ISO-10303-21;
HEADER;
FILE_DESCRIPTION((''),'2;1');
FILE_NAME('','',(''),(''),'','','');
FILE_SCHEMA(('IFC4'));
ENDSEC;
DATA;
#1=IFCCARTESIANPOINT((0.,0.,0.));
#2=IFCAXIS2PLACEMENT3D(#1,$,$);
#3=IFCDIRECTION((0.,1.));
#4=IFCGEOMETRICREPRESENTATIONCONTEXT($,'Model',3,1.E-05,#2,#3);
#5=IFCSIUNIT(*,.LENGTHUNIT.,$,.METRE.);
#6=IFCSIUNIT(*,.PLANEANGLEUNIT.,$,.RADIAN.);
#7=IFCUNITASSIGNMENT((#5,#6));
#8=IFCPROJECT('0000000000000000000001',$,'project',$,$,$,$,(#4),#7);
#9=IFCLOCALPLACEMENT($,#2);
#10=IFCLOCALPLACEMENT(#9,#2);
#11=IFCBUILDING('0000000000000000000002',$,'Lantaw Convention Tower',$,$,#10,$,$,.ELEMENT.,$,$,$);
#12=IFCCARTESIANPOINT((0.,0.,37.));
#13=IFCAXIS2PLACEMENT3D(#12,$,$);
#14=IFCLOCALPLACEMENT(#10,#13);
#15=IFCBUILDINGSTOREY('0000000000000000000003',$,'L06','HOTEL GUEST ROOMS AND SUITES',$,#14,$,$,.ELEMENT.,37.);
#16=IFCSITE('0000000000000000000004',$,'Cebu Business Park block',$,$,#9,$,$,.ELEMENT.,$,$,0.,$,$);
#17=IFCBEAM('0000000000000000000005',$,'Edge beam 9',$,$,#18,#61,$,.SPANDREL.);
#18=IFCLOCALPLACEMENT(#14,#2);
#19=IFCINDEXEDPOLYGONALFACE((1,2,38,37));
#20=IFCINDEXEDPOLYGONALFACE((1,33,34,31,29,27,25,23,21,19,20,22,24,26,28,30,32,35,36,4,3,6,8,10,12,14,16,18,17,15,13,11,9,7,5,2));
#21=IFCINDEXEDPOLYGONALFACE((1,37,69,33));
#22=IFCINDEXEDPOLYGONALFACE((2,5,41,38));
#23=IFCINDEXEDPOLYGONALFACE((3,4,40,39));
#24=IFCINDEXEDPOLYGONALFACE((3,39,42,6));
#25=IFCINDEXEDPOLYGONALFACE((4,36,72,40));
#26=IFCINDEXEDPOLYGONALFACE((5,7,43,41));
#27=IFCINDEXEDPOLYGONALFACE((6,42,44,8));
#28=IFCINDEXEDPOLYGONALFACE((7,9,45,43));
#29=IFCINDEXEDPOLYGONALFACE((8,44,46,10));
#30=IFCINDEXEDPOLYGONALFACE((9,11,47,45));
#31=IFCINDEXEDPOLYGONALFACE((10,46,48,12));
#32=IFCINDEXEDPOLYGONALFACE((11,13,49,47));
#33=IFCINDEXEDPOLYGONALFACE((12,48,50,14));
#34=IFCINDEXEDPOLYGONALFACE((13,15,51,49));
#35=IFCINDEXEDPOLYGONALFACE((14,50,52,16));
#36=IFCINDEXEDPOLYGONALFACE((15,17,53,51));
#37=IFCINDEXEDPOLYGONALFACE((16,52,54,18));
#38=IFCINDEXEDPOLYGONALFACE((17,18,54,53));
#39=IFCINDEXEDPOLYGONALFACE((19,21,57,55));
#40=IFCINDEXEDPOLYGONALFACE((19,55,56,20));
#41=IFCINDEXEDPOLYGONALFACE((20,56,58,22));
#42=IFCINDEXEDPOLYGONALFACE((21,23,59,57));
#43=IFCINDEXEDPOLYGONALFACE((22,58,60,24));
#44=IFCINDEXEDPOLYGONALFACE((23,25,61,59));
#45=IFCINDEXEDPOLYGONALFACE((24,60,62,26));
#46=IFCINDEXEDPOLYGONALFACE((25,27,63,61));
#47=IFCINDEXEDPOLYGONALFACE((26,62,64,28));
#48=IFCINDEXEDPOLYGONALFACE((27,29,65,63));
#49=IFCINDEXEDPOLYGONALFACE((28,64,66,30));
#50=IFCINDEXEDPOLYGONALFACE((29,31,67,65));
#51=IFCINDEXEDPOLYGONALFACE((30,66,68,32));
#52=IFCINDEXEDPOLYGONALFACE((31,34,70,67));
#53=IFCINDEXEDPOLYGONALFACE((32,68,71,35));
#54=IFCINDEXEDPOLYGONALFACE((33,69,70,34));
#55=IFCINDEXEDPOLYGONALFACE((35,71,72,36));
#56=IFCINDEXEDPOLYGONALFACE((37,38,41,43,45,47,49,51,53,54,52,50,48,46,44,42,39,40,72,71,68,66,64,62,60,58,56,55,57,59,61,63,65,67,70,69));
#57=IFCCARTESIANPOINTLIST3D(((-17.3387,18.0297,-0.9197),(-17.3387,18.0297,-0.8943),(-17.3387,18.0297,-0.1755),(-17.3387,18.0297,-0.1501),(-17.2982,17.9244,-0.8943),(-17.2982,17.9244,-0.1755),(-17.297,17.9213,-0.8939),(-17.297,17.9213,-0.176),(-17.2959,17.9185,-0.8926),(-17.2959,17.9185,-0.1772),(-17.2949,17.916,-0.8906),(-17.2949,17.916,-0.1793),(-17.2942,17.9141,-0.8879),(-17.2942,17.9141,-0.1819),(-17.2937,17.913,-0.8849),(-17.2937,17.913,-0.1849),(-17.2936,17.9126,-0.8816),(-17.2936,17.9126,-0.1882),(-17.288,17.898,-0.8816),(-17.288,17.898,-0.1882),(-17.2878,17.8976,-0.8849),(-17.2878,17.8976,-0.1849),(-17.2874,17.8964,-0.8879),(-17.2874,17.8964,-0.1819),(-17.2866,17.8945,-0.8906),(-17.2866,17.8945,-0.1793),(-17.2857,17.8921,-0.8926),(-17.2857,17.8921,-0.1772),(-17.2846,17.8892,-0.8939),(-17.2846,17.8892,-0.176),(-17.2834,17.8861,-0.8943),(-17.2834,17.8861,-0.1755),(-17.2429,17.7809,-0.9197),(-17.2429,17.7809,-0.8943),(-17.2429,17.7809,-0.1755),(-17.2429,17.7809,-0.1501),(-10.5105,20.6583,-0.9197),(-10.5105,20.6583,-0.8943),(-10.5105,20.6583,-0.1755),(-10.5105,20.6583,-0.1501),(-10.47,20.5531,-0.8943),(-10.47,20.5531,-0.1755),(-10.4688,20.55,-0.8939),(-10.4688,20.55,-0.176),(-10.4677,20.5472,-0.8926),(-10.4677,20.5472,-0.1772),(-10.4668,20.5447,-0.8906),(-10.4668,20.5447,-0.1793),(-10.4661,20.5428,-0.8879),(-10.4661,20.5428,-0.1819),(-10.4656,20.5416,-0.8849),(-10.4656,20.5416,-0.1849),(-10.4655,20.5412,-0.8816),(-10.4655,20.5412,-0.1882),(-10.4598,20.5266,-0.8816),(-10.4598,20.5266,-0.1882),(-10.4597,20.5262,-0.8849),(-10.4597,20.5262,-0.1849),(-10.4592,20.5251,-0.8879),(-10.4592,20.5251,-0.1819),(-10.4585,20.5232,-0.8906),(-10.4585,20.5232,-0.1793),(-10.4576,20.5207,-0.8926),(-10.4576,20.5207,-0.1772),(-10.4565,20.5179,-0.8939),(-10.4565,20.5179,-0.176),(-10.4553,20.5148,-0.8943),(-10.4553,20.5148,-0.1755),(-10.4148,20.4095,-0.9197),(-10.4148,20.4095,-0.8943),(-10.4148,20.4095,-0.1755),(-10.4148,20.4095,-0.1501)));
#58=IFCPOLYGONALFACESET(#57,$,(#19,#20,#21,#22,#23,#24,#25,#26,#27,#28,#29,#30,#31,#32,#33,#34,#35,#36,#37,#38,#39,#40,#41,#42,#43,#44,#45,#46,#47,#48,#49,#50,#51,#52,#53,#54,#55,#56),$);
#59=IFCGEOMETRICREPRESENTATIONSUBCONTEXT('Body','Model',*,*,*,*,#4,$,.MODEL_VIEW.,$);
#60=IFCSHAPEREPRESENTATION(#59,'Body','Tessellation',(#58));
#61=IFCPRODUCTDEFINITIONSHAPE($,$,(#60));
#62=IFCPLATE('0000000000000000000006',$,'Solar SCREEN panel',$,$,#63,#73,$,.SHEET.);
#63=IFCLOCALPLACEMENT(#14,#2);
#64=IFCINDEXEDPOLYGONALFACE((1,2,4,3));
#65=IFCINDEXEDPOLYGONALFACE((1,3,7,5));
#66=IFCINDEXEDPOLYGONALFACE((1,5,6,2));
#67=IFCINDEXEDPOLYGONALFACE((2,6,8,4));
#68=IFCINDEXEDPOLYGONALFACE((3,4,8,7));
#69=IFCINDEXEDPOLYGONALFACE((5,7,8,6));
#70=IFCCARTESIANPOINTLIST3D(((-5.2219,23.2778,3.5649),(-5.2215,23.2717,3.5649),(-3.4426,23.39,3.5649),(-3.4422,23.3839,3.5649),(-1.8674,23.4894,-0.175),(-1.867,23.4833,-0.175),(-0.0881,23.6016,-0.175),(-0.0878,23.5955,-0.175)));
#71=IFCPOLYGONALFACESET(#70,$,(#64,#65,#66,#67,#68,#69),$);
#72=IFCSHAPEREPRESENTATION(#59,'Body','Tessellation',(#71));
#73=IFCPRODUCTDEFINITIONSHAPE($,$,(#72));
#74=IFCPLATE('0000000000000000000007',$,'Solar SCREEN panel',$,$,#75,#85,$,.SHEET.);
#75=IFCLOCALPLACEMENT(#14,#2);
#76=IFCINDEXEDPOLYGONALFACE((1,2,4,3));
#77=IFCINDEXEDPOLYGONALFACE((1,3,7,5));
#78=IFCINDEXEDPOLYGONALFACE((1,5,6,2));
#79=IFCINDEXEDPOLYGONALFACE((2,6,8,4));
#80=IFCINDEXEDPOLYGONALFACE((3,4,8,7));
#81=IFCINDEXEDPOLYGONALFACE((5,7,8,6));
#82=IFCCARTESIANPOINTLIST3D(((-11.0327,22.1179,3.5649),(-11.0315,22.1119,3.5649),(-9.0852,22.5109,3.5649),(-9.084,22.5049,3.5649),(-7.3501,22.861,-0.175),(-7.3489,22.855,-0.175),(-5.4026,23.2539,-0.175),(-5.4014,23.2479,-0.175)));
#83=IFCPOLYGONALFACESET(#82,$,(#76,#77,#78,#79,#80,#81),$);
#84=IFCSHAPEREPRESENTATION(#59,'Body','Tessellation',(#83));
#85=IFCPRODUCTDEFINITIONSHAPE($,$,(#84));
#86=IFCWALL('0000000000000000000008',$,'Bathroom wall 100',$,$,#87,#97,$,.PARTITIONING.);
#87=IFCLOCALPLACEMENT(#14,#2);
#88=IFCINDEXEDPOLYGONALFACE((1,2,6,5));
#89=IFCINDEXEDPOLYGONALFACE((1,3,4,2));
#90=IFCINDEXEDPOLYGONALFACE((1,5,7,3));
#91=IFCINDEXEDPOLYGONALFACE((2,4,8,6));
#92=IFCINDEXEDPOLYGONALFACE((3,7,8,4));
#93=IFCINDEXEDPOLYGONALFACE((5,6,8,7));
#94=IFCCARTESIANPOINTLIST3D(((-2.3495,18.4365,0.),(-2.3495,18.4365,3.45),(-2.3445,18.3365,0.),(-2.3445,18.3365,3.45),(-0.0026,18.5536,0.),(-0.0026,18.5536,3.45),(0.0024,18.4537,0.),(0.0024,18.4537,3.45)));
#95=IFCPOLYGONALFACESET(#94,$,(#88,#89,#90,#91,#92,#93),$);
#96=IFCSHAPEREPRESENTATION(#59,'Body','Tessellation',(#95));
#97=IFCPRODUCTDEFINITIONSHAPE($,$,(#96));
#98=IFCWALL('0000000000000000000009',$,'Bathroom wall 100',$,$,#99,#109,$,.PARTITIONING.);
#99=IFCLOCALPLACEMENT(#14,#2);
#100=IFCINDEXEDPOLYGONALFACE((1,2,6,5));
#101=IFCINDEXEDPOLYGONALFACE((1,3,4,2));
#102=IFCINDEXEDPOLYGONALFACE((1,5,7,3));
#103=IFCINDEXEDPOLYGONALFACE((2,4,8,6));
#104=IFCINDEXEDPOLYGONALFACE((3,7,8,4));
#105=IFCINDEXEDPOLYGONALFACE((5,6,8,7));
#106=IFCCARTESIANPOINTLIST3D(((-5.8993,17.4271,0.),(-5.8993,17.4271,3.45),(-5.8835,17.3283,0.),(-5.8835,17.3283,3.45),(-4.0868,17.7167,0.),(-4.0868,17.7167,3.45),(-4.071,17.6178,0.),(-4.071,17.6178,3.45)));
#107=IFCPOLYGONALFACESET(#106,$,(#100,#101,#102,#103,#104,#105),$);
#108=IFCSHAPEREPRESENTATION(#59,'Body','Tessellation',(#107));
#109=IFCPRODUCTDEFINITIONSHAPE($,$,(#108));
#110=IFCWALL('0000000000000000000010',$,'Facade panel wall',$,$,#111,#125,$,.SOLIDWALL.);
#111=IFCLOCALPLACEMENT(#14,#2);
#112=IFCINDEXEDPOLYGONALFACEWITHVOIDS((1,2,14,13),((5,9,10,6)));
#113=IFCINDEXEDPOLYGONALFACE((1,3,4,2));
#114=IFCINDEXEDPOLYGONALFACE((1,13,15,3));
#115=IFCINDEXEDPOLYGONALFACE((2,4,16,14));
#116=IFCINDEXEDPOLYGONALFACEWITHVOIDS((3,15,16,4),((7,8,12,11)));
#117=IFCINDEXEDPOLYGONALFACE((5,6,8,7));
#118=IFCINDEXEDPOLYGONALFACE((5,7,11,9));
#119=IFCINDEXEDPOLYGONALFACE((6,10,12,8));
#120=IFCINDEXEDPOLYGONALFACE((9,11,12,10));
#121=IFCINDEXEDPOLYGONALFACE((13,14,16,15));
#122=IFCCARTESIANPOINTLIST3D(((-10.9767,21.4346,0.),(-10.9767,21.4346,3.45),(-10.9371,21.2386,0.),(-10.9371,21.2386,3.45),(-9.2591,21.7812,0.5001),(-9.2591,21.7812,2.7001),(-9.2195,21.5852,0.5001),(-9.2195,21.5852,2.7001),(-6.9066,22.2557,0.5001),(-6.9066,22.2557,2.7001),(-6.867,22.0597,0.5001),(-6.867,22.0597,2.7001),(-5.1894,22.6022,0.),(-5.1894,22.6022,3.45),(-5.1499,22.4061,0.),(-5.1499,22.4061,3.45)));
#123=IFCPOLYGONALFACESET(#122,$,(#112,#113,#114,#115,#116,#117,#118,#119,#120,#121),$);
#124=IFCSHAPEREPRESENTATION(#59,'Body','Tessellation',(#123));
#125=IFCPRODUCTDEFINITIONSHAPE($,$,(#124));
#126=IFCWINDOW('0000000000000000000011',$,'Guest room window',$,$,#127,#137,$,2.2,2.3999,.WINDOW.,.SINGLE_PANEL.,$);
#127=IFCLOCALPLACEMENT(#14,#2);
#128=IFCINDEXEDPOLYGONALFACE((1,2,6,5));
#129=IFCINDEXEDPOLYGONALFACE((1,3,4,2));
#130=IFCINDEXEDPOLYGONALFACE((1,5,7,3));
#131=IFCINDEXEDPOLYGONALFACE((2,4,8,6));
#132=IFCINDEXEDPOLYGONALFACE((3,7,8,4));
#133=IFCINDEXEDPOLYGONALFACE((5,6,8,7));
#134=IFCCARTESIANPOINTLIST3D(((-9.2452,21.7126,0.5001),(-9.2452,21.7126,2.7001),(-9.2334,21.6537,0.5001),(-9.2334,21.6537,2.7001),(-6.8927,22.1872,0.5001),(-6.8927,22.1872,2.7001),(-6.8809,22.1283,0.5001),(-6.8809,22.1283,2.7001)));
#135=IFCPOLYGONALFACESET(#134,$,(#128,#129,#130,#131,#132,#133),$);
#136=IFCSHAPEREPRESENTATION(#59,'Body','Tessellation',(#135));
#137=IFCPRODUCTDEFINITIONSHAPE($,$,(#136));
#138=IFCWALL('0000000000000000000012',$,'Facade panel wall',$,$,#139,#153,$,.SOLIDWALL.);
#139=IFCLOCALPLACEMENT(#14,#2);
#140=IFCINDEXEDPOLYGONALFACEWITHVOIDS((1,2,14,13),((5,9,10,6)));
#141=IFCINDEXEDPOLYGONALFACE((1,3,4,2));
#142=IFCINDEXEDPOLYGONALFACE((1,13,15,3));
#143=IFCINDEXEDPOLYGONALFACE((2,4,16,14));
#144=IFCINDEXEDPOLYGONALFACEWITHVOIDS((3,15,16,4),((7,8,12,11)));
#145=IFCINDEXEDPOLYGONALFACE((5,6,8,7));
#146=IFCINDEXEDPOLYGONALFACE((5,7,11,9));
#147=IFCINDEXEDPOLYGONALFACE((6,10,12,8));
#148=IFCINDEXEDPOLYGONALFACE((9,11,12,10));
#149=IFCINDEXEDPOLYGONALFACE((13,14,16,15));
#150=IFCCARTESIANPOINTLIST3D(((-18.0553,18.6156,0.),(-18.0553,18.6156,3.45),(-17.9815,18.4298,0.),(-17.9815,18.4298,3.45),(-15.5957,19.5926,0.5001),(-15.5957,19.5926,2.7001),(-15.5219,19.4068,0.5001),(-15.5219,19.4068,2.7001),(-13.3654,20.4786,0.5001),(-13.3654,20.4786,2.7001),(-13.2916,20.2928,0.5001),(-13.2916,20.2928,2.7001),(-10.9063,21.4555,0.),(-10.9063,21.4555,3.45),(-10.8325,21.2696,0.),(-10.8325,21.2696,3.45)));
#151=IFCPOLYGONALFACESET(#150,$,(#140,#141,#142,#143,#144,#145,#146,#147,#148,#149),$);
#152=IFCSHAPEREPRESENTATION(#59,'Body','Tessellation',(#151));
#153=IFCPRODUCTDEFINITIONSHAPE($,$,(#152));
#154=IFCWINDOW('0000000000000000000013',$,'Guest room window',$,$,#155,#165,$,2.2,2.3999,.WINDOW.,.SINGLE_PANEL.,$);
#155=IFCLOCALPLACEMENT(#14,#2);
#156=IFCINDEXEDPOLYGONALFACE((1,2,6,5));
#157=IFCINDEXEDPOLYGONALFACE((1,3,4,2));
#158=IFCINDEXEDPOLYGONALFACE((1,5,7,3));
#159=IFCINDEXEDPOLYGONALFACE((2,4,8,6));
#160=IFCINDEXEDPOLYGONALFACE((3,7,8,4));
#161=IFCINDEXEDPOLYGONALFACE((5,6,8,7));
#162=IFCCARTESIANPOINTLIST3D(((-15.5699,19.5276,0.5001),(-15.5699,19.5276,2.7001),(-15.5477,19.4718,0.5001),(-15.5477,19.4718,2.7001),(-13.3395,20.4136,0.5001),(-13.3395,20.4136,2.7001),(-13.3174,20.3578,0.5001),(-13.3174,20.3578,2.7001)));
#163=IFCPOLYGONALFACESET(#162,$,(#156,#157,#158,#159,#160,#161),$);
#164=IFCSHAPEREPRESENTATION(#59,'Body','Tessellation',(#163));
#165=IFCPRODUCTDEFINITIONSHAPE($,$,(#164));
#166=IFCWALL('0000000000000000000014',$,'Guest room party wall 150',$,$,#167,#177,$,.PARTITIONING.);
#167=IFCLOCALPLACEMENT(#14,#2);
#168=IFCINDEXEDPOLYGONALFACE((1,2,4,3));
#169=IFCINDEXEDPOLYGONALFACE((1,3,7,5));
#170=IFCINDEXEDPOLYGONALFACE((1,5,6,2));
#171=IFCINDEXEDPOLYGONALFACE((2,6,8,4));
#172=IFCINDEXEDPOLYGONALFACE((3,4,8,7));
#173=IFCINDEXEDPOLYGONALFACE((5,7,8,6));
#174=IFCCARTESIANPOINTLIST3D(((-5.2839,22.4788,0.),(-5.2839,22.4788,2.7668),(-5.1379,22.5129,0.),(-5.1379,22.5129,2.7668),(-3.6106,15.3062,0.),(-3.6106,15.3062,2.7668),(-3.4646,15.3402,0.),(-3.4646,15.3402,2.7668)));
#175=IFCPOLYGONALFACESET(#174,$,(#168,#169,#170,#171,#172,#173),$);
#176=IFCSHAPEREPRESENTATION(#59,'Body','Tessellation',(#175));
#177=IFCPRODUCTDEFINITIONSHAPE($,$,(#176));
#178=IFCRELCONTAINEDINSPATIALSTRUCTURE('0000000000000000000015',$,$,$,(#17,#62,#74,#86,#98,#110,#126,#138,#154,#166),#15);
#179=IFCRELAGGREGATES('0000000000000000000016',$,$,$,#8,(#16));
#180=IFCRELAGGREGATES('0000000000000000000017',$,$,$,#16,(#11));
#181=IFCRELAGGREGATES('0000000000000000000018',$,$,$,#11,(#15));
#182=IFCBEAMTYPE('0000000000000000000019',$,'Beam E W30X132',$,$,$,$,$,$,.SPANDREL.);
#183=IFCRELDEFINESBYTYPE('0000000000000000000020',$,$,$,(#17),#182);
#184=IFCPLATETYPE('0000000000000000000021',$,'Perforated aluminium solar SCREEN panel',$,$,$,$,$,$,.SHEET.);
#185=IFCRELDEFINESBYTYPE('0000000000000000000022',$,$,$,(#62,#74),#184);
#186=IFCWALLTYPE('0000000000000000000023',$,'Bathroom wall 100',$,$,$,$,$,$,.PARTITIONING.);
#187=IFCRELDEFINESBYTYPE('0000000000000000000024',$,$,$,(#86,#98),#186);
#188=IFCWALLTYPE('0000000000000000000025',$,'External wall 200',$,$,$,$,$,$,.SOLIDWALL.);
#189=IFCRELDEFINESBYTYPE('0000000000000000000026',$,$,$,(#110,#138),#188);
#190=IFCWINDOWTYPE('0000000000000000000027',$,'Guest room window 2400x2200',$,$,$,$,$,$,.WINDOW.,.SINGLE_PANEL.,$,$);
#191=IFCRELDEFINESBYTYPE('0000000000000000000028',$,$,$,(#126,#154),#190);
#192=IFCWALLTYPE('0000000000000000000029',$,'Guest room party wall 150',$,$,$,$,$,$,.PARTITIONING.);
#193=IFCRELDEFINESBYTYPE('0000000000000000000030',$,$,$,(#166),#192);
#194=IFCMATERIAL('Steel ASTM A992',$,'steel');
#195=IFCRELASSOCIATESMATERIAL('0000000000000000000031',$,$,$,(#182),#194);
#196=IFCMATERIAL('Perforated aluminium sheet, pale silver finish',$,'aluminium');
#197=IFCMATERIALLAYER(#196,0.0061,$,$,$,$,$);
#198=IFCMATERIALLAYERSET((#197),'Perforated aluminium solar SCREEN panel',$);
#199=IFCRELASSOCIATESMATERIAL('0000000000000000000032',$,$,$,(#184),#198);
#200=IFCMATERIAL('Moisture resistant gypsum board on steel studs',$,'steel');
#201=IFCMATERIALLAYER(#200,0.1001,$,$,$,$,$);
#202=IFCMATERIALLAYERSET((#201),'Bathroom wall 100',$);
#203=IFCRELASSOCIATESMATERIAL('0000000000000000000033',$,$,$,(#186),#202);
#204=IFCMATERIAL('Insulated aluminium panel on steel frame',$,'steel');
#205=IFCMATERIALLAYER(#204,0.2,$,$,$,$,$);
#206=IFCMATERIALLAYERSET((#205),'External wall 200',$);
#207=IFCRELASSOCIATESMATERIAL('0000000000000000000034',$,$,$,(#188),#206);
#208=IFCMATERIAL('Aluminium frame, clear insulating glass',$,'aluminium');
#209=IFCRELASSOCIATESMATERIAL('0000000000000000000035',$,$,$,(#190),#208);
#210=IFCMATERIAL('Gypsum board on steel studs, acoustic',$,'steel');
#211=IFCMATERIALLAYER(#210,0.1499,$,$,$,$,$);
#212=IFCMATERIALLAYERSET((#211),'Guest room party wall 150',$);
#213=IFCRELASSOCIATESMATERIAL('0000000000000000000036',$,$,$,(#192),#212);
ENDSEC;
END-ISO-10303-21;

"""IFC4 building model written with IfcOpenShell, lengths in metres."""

from ifc_helpers import new_model, si_unit, direction, frame, frame_2d, origin, origin_2d, place, context, subcontext, project, spatial, polyline, rectangle, i_section, outline, extrude, material, layer, layer_set, material_profile, profile_set, type_object, element, fill, save


model = new_model("IFC4")

# Units and contexts
model_context = context("Model", 3, precision=1e-05, world=origin(), true_north=direction((0.0, 1.0)))
body_context = subcontext(model_context, "Body", "Model", "MODEL_VIEW")
ifc_project = project(units=[si_unit("LENGTHUNIT", "METRE"), si_unit("PLANEANGLEUNIT", "RADIAN")], contexts=[model_context])

# Site, building, storey
site_placement = place(None, origin())
site = spatial("IfcSite", under=ifc_project, at=site_placement, Name="Cebu Business Park block", CompositionType="ELEMENT", RefElevation=0.0)
building_placement = place(site_placement, origin())
building = spatial("IfcBuilding", under=site, at=building_placement, Name="Lantaw Convention Tower", CompositionType="ELEMENT")
storey_placement = place(building_placement, frame((0.0, 0.0, 37.0)))
storey = spatial("IfcBuildingStorey", under=building, at=storey_placement, Name="L06", Description="HOTEL GUEST ROOMS AND SUITES", CompositionType="ELEMENT", Elevation=37.0)

# Beam
ifc_material_1 = material(Name="Steel ASTM A992", Category="steel")
ifc_material_profile_1 = material_profile(ifc_material_1, i_section(OverallWidth=0.2666, OverallDepth=0.7695, WebThickness=0.0156, FlangeThickness=0.0254, FilletRadius=0.0127, at=origin_2d()), Name="W30X132")
ifc_profile_set_1 = profile_set([ifc_material_profile_1], Name="Steel ASTM A992")
beam_type = type_object("IfcBeamType", Name="Beam E W30X132", PredefinedType="SPANDREL", material=ifc_profile_set_1)
beam_1_placement = place(storey_placement, frame((-10.4626, 20.5339, -0.5349), z_axis=(-0.933233, -0.359272, 0.0), x_axis=(0.359272, -0.933233, 0.0)))
element("IfcBeam", 1, at=beam_1_placement, inside=storey, type_object=beam_type, Name="Edge beam 9", PredefinedType="SPANDREL", context=body_context, shape_type="SweptSolid", body=[
    extrude(i_section(OverallWidth=0.2666, OverallDepth=0.7695, WebThickness=0.0156, FlangeThickness=0.0254, FilletRadius=0.0127, at=origin_2d()), origin(), (0.0, 0.0, 1.0), 7.3167),
])

# Plates
ifc_material_2 = material(Name="Perforated aluminium sheet, pale silver finish", Category="aluminium")
ifc_layer_1 = layer(ifc_material_2, 0.0061)
ifc_layer_set_1 = layer_set([ifc_layer_1], Name="Perforated aluminium solar SCREEN panel")
plate_type = type_object("IfcPlateType", Name="Perforated aluminium solar SCREEN panel", PredefinedType="SHEET", material=ifc_layer_set_1)
plate_1_placement = place(storey_placement, frame((-0.0881, 23.6016, -0.175), z_axis=(-0.062924, 0.998018, 0.000014), x_axis=(-0.998018, -0.062924, 0.0)))
element("IfcPlate", 2, at=plate_1_placement, inside=storey, type_object=plate_type, Name="Solar SCREEN panel", PredefinedType="SHEET", context=body_context, shape_type="SweptSolid", body=[
    extrude(outline(polyline([(0.0, 0.0), (1.7828, 0.0), (5.144, 3.74), (3.3611, 3.74), (0.0, 0.0)])), origin(), (0.0, 0.0, -1.0), 0.0061),
])
plate_2_placement = place(storey_placement, frame((-5.4026, 23.2539, -0.175), z_axis=(-0.197782, 0.980246, 0.000002), x_axis=(-0.980246, -0.197782, 0.0)))
element("IfcPlate", 3, at=plate_2_placement, inside=storey, type_object=plate_type, Name="Solar SCREEN panel", PredefinedType="SHEET", context=body_context, shape_type="SweptSolid", body=[
    extrude(outline(polyline([(0.0, 0.0), (1.9867, 0.0), (5.7436, 3.74), (3.7568, 3.74), (0.0, 0.0)])), origin(), (0.0, 0.0, -1.0), 0.0061),
])

# Walls
ifc_material_3 = material(Name="Moisture resistant gypsum board on steel studs", Category="steel")
ifc_layer_2 = layer(ifc_material_3, 0.1001)
ifc_layer_set_2 = layer_set([ifc_layer_2], Name="Bathroom wall 100")
wall_type_1 = type_object("IfcWallType", Name="Bathroom wall 100", PredefinedType="PARTITIONING", material=ifc_layer_set_2)
wall_1_placement = place(storey_placement, frame((-2.3469, 18.3865, 0.0), z_axis=(0.0, 0.0, 1.0), x_axis=(0.998756, 0.04987, 0.0)))
element("IfcWall", 4, at=wall_1_placement, inside=storey, type_object=wall_type_1, Name="Bathroom wall 100", PredefinedType="PARTITIONING", context=body_context, shape_type="SweptSolid", body=[
    extrude(rectangle(XDim=2.3499, YDim=0.1001, at=frame_2d((1.1748, 0.0))), origin(), (0.0, 0.0, 1.0), 3.45),
])
wall_2_placement = place(storey_placement, frame((-5.8914, 17.3777, 0.0), z_axis=(0.0, 0.0, 1.0), x_axis=(0.987479, 0.157752, 0.0)))
element("IfcWall", 5, at=wall_2_placement, inside=storey, type_object=wall_type_1, Name="Bathroom wall 100", PredefinedType="PARTITIONING", context=body_context, shape_type="SweptSolid", body=[
    extrude(rectangle(XDim=1.8354, YDim=0.1001, at=frame_2d((0.9177, 0.0))), origin(), (0.0, 0.0, 1.0), 3.45),
])

# Walls, openings, windows
ifc_material_4 = material(Name="Insulated aluminium panel on steel frame", Category="steel")
ifc_layer_3 = layer(ifc_material_4, 0.2)
ifc_layer_set_3 = layer_set([ifc_layer_3], Name="External wall 200")
wall_type_2 = type_object("IfcWallType", Name="External wall 200", PredefinedType="SOLIDWALL", material=ifc_layer_set_3)
wall_3_placement = place(storey_placement, frame((-5.1697, 22.5042, 0.0), z_axis=(0.0, 0.0, 1.0), x_axis=(-0.980252, -0.197754, 0.0)))
wall_3 = element("IfcWall", 6, at=wall_3_placement, inside=storey, type_object=wall_type_2, Name="Facade panel wall", PredefinedType="SOLIDWALL", context=body_context, shape_type="SweptSolid", body=[
    extrude(rectangle(XDim=5.9038, YDim=0.2, at=frame_2d((2.9519, 0.0))), origin(), (0.0, 0.0, 1.0), 3.45),
])
opening_1_placement = place(wall_3_placement, frame((1.7517, 0.0, 0.5)))
opening_1 = element("IfcOpeningElement", 7, at=opening_1_placement, cuts=wall_3, PredefinedType="OPENING", context=body_context, shape_type="SweptSolid", body=[
    extrude(rectangle(XDim=2.3999, YDim=2.2, at=frame_2d((1.2, 1.1001))), frame((0.0, 0.1099, 0.0), z_axis=(0.0, -1.0, 0.0), x_axis=(1.0, 0.0, 0.0)), (0.0, 0.0, 1.0), 0.22),
])
ifc_material_5 = material(Name="Aluminium frame, clear insulating glass", Category="aluminium")
window_type = type_object("IfcWindowType", Name="Guest room window 2400x2200", PartitioningType="SINGLE_PANEL", PredefinedType="WINDOW", material=ifc_material_5)
window_1_placement = place(opening_1_placement, origin())
window_1 = element("IfcWindow", 8, at=window_1_placement, inside=storey, type_object=window_type, Name="Guest room window", OverallHeight=2.2, OverallWidth=2.3999, PartitioningType="SINGLE_PANEL", PredefinedType="WINDOW", context=body_context, shape_type="SweptSolid", body=[
    extrude(rectangle(XDim=2.3999, YDim=2.2, at=frame_2d((1.2, 1.1001))), frame((0.0, 0.03, 0.0), z_axis=(0.0, -1.0, 0.0), x_axis=(1.0, 0.0, 0.0)), (0.0, 0.0, 1.0), 0.0601),
])
fill(opening_1, window_1)
wall_4_placement = place(storey_placement, frame((-10.8694, 21.3625, 0.0), z_axis=(0.0, 0.0, 1.0), x_axis=(-0.929358, -0.369179, 0.0)))
wall_4 = element("IfcWall", 9, at=wall_4_placement, inside=storey, type_object=wall_type_2, Name="Facade panel wall", PredefinedType="SOLIDWALL", context=body_context, shape_type="SweptSolid", body=[
    extrude(rectangle(XDim=7.6924, YDim=0.2, at=frame_2d((3.8462, 0.0))), origin(), (0.0, 0.0, 1.0), 3.45),
])
opening_2_placement = place(wall_4_placement, frame((2.646, 0.0, 0.5)))
opening_2 = element("IfcOpeningElement", 10, at=opening_2_placement, cuts=wall_4, PredefinedType="OPENING", context=body_context, shape_type="SweptSolid", body=[
    extrude(rectangle(XDim=2.3999, YDim=2.2, at=frame_2d((1.2, 1.1001))), frame((0.0, 0.1099, 0.0), z_axis=(0.0, -1.0, 0.0), x_axis=(1.0, 0.0, 0.0)), (0.0, 0.0, 1.0), 0.22),
])
window_2_placement = place(opening_2_placement, origin())
window_2 = element("IfcWindow", 11, at=window_2_placement, inside=storey, type_object=window_type, Name="Guest room window", OverallHeight=2.2, OverallWidth=2.3999, PartitioningType="SINGLE_PANEL", PredefinedType="WINDOW", context=body_context, shape_type="SweptSolid", body=[
    extrude(rectangle(XDim=2.3999, YDim=2.2, at=frame_2d((1.2, 1.1001))), frame((0.0, 0.03, 0.0), z_axis=(0.0, -1.0, 0.0), x_axis=(1.0, 0.0, 0.0)), (0.0, 0.0, 1.0), 0.0601),
])
fill(opening_2, window_2)

# Wall
ifc_material_6 = material(Name="Gypsum board on steel studs, acoustic", Category="steel")
ifc_layer_4 = layer(ifc_material_6, 0.1499)
ifc_layer_set_4 = layer_set([ifc_layer_4], Name="Guest room party wall 150")
wall_type_3 = type_object("IfcWallType", Name="Guest room party wall 150", PredefinedType="PARTITIONING", material=ifc_layer_set_4)
wall_5_placement = place(storey_placement, frame((-5.2109, 22.4958, 0.0), z_axis=(0.0, 0.0, 1.0), x_axis=(0.227195, -0.973849, 0.0)))
element("IfcWall", 12, at=wall_5_placement, inside=storey, type_object=wall_type_3, Name="Guest room party wall 150", PredefinedType="PARTITIONING", context=body_context, shape_type="SweptSolid", body=[
    extrude(rectangle(XDim=7.3652, YDim=0.1499, at=frame_2d((3.6826, 0.0))), origin(), (0.0, 0.0, 1.0), 2.7668),
])

save(model, "model.ifc")
